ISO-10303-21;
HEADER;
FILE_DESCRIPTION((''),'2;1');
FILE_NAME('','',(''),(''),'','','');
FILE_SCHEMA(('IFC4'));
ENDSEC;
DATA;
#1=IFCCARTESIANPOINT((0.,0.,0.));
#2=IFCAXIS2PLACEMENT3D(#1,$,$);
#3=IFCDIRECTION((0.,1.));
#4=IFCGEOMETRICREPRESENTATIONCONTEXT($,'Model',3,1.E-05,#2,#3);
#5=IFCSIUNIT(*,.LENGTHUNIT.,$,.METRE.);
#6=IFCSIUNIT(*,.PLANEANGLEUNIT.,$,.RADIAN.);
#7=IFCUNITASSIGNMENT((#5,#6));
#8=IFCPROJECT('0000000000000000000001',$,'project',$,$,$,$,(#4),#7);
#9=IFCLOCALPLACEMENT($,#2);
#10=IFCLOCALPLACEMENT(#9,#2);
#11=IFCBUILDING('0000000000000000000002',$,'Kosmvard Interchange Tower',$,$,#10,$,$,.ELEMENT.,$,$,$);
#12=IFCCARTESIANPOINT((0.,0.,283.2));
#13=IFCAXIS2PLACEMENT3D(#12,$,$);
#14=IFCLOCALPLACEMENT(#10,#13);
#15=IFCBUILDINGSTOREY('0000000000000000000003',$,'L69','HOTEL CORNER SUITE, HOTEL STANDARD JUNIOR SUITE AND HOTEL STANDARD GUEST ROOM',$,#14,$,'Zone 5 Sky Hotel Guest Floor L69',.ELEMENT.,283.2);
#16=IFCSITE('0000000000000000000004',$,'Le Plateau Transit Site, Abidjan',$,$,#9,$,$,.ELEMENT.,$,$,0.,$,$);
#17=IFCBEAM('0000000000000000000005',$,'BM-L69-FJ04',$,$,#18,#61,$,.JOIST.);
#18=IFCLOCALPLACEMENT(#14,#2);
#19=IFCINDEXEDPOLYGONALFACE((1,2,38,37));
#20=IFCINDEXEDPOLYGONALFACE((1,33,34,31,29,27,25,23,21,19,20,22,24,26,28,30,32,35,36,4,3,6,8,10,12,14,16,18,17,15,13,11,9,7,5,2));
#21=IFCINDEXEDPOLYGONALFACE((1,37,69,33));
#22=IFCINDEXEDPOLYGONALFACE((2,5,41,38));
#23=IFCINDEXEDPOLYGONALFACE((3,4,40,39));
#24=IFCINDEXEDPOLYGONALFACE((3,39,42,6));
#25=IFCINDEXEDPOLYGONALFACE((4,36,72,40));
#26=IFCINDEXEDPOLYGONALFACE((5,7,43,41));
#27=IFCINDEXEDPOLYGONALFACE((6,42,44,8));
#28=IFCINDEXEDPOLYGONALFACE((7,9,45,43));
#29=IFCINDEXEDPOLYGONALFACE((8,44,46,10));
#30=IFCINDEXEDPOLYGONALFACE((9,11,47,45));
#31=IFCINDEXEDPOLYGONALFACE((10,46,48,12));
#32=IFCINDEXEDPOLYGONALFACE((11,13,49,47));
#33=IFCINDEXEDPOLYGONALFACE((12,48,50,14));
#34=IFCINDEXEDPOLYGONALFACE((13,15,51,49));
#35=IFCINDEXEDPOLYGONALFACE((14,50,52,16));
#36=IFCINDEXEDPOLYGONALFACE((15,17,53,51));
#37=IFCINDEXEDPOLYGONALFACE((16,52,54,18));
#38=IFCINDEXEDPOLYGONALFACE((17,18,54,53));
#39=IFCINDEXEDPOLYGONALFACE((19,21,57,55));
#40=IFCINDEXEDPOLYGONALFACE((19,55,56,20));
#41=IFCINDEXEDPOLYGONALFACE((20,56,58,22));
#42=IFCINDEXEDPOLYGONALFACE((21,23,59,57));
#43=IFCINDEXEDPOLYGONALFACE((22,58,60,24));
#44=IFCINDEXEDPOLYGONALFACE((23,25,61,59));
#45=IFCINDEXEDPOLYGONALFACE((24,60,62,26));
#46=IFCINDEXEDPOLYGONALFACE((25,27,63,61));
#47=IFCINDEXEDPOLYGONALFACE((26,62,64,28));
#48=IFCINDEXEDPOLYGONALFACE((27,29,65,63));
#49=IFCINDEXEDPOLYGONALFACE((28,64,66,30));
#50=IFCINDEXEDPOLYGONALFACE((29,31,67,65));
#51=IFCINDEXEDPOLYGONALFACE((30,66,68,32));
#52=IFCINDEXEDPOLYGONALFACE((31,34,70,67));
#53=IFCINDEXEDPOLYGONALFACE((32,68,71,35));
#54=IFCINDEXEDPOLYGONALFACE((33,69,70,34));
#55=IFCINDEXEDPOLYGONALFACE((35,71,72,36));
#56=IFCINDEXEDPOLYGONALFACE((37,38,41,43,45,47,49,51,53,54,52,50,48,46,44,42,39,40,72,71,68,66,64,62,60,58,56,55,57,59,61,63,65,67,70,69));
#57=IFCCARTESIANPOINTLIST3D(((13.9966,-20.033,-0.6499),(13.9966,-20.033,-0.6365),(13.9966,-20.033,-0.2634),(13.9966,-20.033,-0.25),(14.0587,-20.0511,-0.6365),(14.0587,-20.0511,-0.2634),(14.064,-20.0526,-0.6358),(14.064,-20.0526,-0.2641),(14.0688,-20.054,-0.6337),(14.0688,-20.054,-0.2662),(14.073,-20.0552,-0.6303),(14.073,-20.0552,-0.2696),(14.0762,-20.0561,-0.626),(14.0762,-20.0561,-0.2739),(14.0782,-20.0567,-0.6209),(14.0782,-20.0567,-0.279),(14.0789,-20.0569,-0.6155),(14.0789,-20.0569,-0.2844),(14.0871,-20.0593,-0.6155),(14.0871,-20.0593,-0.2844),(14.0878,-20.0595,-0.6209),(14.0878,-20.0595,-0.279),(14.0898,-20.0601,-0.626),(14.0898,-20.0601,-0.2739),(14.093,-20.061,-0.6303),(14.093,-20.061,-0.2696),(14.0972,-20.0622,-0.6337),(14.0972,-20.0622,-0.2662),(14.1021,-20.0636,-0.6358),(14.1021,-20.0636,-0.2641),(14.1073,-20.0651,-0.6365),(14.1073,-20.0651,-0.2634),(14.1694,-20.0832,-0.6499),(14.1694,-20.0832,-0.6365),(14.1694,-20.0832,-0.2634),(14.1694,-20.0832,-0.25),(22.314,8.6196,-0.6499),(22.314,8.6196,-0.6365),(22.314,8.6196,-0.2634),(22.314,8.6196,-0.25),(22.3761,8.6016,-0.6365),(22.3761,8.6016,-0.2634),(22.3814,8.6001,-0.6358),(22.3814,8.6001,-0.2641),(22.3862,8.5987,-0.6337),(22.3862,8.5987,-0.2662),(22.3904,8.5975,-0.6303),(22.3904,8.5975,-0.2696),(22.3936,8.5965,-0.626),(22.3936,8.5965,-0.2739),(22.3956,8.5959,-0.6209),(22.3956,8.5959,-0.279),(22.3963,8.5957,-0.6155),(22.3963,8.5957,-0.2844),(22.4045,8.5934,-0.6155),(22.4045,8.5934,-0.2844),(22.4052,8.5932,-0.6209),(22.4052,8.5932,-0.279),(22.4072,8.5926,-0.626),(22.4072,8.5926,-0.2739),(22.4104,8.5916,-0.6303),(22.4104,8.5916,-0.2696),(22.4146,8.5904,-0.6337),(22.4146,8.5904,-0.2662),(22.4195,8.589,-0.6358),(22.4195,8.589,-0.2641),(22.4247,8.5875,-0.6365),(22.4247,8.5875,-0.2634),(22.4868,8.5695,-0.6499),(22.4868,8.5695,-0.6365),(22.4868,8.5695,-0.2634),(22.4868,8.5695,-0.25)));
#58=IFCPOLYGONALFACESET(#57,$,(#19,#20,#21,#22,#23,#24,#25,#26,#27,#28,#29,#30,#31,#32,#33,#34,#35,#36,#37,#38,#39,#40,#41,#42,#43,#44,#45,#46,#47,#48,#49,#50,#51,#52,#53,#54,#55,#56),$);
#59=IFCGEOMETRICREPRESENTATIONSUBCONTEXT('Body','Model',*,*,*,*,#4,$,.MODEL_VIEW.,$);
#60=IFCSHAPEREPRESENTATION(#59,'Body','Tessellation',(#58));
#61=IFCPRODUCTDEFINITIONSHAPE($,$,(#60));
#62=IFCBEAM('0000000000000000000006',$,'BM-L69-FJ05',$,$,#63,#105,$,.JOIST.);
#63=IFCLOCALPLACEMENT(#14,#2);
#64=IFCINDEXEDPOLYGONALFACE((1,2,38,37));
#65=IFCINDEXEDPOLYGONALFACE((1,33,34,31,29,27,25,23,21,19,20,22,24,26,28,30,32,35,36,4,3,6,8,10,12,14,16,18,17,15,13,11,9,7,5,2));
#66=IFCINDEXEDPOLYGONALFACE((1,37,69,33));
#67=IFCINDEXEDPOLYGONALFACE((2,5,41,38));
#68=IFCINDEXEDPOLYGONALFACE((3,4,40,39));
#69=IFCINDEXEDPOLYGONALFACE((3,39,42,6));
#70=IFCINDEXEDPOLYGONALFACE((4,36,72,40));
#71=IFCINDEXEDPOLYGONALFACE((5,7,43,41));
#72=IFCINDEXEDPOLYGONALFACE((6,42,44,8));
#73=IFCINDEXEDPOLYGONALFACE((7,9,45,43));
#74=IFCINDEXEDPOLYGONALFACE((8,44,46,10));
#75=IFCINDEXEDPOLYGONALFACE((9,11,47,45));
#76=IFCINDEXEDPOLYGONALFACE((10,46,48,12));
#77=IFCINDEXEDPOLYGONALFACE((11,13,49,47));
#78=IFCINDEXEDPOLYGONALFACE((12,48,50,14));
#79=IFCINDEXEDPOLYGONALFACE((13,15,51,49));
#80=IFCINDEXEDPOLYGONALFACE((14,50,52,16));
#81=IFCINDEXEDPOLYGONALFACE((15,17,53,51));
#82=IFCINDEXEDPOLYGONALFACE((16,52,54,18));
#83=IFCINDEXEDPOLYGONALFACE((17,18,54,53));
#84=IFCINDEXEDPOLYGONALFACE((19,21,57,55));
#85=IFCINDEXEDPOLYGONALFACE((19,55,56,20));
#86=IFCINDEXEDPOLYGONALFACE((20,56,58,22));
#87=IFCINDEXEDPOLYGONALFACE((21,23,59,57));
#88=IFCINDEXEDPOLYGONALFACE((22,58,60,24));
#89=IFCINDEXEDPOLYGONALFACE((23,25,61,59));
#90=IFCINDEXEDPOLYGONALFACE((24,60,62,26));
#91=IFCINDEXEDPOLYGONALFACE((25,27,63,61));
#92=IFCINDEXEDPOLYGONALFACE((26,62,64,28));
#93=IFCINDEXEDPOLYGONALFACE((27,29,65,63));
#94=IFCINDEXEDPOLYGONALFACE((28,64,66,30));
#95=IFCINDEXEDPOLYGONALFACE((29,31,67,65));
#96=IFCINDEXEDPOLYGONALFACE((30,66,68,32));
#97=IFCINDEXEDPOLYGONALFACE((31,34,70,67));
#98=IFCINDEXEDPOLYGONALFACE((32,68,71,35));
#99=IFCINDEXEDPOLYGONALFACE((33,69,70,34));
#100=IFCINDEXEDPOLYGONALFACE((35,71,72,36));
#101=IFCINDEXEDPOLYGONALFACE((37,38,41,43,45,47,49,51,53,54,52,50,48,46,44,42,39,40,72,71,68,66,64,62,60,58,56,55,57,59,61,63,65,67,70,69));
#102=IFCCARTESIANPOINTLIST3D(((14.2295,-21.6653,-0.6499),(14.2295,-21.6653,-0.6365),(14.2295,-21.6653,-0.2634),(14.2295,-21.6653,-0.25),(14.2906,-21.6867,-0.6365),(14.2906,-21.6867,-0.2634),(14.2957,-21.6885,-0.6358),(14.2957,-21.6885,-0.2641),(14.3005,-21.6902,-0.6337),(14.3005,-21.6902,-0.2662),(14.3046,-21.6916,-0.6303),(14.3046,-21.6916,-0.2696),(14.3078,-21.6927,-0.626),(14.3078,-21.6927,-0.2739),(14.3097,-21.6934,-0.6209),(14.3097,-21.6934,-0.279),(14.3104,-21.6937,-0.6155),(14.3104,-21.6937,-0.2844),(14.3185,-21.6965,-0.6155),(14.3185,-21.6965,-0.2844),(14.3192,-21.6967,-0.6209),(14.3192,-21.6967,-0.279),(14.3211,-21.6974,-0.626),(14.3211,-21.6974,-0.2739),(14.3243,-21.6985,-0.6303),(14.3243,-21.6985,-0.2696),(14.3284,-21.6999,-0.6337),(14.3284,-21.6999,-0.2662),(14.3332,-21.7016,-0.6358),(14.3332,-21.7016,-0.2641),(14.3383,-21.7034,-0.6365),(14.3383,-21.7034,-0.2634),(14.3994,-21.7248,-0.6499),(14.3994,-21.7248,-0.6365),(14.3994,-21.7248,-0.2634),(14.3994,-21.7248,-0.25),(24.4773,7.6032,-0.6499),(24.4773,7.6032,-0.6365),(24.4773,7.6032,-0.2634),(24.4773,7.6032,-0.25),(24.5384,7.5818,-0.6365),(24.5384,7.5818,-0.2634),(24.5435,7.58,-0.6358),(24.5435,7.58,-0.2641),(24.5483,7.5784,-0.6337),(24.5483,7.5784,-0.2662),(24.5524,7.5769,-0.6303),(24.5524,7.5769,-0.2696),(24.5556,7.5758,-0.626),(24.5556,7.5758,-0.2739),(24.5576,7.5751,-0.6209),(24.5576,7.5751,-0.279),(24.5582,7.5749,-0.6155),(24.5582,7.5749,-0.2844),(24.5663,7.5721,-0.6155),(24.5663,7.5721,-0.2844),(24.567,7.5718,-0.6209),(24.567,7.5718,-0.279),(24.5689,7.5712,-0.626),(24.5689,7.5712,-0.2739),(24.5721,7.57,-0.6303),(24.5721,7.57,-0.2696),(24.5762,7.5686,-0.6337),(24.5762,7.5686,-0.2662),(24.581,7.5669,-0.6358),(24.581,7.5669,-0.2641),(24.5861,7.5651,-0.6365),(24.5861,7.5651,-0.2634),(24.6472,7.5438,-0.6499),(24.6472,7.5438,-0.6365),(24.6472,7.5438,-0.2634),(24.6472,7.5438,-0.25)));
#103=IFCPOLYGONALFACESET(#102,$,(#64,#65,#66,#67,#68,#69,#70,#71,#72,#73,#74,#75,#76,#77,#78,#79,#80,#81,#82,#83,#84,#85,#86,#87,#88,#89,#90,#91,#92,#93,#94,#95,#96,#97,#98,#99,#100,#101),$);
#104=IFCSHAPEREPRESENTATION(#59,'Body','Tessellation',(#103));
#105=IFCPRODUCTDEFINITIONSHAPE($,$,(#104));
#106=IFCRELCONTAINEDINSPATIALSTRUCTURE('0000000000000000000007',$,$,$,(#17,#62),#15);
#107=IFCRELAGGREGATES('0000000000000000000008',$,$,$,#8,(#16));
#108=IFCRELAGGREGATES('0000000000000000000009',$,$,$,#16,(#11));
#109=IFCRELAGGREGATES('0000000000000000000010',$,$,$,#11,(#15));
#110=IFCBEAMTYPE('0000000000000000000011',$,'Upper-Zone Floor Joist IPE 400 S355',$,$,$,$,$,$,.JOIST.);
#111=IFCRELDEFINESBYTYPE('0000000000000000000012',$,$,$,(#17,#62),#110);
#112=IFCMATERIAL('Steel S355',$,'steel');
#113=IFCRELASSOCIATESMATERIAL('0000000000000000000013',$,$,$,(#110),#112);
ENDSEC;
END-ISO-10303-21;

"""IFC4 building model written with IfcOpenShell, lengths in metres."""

from ifc_helpers import new_model, si_unit, direction, frame, origin, origin_2d, place, context, subcontext, project, spatial, i_section, extrude, source, transform, mapped, material, material_profile, profile_set, type_object, element, save


model = new_model("IFC4")

# Units and contexts
model_context = context("Model", 3, precision=1e-05, world=origin(), true_north=direction((0.0, 1.0)))
body_context = subcontext(model_context, "Body", "Model", "MODEL_VIEW")
ifc_project = project(units=[si_unit("LENGTHUNIT", "METRE"), si_unit("PLANEANGLEUNIT", "RADIAN")], contexts=[model_context])

# Site, building, storey
site_placement = place(None, origin())
site = spatial("IfcSite", under=ifc_project, at=site_placement, Name="Le Plateau Transit Site, Abidjan", CompositionType="ELEMENT", RefElevation=0.0)
building_placement = place(site_placement, origin())
building = spatial("IfcBuilding", under=site, at=building_placement, Name="Kosmvard Interchange Tower", CompositionType="ELEMENT")
storey_placement = place(building_placement, frame((0.0, 0.0, 283.2)))
storey = spatial("IfcBuildingStorey", under=building, at=storey_placement, Name="L69", Description="HOTEL CORNER SUITE, HOTEL STANDARD JUNIOR SUITE AND HOTEL STANDARD GUEST ROOM", LongName="Zone 5 Sky Hotel Guest Floor L69", CompositionType="ELEMENT", Elevation=283.2)

# Beams
ifc_material_1 = material(Name="Steel S355", Category="steel")
ifc_material_profile_1 = material_profile(ifc_material_1, i_section(OverallWidth=0.1799, OverallDepth=0.3999, WebThickness=0.0085, FlangeThickness=0.0134, FilletRadius=0.021, at=origin_2d()), Name="IPE 400")
ifc_profile_set_1 = profile_set([ifc_material_profile_1], Name="Steel S355")
beam_type_1 = type_object("IfcBeamType", Name="Upper-Zone Floor Joist IPE 400 S355", PredefinedType="JOIST", material=ifc_profile_set_1)
shared_shape_1 = source(origin(), body_context, "Body", "SweptSolid", [
    extrude(i_section(OverallWidth=0.1799, OverallDepth=0.3999, WebThickness=0.0085, FlangeThickness=0.0134, FilletRadius=0.021, at=origin_2d()), origin(), (0.0, 0.0, 1.0), 29.8354),
])
beam_1_placement = place(storey_placement, frame((14.083, -20.0581, -0.45), z_axis=(0.278776, 0.960356, 0.0), x_axis=(-0.960356, 0.278776, 0.0)))
element("IfcBeam", 1, at=beam_1_placement, inside=storey, type_object=beam_type_1, Name="BM-L69-FJ04", PredefinedType="JOIST", context=body_context, shape_type="MappedRepresentation", body=[
    mapped(shared_shape_1, transform((0.0, 0.0, 0.0), scale=1.0)),
])
shared_shape_2 = source(origin(), body_context, "Body", "SweptSolid", [
    extrude(i_section(OverallWidth=0.1799, OverallDepth=0.3999, WebThickness=0.0085, FlangeThickness=0.0134, FilletRadius=0.021, at=origin_2d()), origin(), (0.0, 0.0, 1.0), 31.0107),
])
beam_2_placement = place(storey_placement, frame((14.3145, -21.6951, -0.45), z_axis=(0.33046, 0.94382, 0.0), x_axis=(-0.94382, 0.33046, 0.0)))
element("IfcBeam", 2, at=beam_2_placement, inside=storey, type_object=beam_type_1, Name="BM-L69-FJ05", PredefinedType="JOIST", context=body_context, shape_type="MappedRepresentation", body=[
    mapped(shared_shape_2, transform((0.0, 0.0, 0.0), scale=1.0)),
])

save(model, "model.ifc")
